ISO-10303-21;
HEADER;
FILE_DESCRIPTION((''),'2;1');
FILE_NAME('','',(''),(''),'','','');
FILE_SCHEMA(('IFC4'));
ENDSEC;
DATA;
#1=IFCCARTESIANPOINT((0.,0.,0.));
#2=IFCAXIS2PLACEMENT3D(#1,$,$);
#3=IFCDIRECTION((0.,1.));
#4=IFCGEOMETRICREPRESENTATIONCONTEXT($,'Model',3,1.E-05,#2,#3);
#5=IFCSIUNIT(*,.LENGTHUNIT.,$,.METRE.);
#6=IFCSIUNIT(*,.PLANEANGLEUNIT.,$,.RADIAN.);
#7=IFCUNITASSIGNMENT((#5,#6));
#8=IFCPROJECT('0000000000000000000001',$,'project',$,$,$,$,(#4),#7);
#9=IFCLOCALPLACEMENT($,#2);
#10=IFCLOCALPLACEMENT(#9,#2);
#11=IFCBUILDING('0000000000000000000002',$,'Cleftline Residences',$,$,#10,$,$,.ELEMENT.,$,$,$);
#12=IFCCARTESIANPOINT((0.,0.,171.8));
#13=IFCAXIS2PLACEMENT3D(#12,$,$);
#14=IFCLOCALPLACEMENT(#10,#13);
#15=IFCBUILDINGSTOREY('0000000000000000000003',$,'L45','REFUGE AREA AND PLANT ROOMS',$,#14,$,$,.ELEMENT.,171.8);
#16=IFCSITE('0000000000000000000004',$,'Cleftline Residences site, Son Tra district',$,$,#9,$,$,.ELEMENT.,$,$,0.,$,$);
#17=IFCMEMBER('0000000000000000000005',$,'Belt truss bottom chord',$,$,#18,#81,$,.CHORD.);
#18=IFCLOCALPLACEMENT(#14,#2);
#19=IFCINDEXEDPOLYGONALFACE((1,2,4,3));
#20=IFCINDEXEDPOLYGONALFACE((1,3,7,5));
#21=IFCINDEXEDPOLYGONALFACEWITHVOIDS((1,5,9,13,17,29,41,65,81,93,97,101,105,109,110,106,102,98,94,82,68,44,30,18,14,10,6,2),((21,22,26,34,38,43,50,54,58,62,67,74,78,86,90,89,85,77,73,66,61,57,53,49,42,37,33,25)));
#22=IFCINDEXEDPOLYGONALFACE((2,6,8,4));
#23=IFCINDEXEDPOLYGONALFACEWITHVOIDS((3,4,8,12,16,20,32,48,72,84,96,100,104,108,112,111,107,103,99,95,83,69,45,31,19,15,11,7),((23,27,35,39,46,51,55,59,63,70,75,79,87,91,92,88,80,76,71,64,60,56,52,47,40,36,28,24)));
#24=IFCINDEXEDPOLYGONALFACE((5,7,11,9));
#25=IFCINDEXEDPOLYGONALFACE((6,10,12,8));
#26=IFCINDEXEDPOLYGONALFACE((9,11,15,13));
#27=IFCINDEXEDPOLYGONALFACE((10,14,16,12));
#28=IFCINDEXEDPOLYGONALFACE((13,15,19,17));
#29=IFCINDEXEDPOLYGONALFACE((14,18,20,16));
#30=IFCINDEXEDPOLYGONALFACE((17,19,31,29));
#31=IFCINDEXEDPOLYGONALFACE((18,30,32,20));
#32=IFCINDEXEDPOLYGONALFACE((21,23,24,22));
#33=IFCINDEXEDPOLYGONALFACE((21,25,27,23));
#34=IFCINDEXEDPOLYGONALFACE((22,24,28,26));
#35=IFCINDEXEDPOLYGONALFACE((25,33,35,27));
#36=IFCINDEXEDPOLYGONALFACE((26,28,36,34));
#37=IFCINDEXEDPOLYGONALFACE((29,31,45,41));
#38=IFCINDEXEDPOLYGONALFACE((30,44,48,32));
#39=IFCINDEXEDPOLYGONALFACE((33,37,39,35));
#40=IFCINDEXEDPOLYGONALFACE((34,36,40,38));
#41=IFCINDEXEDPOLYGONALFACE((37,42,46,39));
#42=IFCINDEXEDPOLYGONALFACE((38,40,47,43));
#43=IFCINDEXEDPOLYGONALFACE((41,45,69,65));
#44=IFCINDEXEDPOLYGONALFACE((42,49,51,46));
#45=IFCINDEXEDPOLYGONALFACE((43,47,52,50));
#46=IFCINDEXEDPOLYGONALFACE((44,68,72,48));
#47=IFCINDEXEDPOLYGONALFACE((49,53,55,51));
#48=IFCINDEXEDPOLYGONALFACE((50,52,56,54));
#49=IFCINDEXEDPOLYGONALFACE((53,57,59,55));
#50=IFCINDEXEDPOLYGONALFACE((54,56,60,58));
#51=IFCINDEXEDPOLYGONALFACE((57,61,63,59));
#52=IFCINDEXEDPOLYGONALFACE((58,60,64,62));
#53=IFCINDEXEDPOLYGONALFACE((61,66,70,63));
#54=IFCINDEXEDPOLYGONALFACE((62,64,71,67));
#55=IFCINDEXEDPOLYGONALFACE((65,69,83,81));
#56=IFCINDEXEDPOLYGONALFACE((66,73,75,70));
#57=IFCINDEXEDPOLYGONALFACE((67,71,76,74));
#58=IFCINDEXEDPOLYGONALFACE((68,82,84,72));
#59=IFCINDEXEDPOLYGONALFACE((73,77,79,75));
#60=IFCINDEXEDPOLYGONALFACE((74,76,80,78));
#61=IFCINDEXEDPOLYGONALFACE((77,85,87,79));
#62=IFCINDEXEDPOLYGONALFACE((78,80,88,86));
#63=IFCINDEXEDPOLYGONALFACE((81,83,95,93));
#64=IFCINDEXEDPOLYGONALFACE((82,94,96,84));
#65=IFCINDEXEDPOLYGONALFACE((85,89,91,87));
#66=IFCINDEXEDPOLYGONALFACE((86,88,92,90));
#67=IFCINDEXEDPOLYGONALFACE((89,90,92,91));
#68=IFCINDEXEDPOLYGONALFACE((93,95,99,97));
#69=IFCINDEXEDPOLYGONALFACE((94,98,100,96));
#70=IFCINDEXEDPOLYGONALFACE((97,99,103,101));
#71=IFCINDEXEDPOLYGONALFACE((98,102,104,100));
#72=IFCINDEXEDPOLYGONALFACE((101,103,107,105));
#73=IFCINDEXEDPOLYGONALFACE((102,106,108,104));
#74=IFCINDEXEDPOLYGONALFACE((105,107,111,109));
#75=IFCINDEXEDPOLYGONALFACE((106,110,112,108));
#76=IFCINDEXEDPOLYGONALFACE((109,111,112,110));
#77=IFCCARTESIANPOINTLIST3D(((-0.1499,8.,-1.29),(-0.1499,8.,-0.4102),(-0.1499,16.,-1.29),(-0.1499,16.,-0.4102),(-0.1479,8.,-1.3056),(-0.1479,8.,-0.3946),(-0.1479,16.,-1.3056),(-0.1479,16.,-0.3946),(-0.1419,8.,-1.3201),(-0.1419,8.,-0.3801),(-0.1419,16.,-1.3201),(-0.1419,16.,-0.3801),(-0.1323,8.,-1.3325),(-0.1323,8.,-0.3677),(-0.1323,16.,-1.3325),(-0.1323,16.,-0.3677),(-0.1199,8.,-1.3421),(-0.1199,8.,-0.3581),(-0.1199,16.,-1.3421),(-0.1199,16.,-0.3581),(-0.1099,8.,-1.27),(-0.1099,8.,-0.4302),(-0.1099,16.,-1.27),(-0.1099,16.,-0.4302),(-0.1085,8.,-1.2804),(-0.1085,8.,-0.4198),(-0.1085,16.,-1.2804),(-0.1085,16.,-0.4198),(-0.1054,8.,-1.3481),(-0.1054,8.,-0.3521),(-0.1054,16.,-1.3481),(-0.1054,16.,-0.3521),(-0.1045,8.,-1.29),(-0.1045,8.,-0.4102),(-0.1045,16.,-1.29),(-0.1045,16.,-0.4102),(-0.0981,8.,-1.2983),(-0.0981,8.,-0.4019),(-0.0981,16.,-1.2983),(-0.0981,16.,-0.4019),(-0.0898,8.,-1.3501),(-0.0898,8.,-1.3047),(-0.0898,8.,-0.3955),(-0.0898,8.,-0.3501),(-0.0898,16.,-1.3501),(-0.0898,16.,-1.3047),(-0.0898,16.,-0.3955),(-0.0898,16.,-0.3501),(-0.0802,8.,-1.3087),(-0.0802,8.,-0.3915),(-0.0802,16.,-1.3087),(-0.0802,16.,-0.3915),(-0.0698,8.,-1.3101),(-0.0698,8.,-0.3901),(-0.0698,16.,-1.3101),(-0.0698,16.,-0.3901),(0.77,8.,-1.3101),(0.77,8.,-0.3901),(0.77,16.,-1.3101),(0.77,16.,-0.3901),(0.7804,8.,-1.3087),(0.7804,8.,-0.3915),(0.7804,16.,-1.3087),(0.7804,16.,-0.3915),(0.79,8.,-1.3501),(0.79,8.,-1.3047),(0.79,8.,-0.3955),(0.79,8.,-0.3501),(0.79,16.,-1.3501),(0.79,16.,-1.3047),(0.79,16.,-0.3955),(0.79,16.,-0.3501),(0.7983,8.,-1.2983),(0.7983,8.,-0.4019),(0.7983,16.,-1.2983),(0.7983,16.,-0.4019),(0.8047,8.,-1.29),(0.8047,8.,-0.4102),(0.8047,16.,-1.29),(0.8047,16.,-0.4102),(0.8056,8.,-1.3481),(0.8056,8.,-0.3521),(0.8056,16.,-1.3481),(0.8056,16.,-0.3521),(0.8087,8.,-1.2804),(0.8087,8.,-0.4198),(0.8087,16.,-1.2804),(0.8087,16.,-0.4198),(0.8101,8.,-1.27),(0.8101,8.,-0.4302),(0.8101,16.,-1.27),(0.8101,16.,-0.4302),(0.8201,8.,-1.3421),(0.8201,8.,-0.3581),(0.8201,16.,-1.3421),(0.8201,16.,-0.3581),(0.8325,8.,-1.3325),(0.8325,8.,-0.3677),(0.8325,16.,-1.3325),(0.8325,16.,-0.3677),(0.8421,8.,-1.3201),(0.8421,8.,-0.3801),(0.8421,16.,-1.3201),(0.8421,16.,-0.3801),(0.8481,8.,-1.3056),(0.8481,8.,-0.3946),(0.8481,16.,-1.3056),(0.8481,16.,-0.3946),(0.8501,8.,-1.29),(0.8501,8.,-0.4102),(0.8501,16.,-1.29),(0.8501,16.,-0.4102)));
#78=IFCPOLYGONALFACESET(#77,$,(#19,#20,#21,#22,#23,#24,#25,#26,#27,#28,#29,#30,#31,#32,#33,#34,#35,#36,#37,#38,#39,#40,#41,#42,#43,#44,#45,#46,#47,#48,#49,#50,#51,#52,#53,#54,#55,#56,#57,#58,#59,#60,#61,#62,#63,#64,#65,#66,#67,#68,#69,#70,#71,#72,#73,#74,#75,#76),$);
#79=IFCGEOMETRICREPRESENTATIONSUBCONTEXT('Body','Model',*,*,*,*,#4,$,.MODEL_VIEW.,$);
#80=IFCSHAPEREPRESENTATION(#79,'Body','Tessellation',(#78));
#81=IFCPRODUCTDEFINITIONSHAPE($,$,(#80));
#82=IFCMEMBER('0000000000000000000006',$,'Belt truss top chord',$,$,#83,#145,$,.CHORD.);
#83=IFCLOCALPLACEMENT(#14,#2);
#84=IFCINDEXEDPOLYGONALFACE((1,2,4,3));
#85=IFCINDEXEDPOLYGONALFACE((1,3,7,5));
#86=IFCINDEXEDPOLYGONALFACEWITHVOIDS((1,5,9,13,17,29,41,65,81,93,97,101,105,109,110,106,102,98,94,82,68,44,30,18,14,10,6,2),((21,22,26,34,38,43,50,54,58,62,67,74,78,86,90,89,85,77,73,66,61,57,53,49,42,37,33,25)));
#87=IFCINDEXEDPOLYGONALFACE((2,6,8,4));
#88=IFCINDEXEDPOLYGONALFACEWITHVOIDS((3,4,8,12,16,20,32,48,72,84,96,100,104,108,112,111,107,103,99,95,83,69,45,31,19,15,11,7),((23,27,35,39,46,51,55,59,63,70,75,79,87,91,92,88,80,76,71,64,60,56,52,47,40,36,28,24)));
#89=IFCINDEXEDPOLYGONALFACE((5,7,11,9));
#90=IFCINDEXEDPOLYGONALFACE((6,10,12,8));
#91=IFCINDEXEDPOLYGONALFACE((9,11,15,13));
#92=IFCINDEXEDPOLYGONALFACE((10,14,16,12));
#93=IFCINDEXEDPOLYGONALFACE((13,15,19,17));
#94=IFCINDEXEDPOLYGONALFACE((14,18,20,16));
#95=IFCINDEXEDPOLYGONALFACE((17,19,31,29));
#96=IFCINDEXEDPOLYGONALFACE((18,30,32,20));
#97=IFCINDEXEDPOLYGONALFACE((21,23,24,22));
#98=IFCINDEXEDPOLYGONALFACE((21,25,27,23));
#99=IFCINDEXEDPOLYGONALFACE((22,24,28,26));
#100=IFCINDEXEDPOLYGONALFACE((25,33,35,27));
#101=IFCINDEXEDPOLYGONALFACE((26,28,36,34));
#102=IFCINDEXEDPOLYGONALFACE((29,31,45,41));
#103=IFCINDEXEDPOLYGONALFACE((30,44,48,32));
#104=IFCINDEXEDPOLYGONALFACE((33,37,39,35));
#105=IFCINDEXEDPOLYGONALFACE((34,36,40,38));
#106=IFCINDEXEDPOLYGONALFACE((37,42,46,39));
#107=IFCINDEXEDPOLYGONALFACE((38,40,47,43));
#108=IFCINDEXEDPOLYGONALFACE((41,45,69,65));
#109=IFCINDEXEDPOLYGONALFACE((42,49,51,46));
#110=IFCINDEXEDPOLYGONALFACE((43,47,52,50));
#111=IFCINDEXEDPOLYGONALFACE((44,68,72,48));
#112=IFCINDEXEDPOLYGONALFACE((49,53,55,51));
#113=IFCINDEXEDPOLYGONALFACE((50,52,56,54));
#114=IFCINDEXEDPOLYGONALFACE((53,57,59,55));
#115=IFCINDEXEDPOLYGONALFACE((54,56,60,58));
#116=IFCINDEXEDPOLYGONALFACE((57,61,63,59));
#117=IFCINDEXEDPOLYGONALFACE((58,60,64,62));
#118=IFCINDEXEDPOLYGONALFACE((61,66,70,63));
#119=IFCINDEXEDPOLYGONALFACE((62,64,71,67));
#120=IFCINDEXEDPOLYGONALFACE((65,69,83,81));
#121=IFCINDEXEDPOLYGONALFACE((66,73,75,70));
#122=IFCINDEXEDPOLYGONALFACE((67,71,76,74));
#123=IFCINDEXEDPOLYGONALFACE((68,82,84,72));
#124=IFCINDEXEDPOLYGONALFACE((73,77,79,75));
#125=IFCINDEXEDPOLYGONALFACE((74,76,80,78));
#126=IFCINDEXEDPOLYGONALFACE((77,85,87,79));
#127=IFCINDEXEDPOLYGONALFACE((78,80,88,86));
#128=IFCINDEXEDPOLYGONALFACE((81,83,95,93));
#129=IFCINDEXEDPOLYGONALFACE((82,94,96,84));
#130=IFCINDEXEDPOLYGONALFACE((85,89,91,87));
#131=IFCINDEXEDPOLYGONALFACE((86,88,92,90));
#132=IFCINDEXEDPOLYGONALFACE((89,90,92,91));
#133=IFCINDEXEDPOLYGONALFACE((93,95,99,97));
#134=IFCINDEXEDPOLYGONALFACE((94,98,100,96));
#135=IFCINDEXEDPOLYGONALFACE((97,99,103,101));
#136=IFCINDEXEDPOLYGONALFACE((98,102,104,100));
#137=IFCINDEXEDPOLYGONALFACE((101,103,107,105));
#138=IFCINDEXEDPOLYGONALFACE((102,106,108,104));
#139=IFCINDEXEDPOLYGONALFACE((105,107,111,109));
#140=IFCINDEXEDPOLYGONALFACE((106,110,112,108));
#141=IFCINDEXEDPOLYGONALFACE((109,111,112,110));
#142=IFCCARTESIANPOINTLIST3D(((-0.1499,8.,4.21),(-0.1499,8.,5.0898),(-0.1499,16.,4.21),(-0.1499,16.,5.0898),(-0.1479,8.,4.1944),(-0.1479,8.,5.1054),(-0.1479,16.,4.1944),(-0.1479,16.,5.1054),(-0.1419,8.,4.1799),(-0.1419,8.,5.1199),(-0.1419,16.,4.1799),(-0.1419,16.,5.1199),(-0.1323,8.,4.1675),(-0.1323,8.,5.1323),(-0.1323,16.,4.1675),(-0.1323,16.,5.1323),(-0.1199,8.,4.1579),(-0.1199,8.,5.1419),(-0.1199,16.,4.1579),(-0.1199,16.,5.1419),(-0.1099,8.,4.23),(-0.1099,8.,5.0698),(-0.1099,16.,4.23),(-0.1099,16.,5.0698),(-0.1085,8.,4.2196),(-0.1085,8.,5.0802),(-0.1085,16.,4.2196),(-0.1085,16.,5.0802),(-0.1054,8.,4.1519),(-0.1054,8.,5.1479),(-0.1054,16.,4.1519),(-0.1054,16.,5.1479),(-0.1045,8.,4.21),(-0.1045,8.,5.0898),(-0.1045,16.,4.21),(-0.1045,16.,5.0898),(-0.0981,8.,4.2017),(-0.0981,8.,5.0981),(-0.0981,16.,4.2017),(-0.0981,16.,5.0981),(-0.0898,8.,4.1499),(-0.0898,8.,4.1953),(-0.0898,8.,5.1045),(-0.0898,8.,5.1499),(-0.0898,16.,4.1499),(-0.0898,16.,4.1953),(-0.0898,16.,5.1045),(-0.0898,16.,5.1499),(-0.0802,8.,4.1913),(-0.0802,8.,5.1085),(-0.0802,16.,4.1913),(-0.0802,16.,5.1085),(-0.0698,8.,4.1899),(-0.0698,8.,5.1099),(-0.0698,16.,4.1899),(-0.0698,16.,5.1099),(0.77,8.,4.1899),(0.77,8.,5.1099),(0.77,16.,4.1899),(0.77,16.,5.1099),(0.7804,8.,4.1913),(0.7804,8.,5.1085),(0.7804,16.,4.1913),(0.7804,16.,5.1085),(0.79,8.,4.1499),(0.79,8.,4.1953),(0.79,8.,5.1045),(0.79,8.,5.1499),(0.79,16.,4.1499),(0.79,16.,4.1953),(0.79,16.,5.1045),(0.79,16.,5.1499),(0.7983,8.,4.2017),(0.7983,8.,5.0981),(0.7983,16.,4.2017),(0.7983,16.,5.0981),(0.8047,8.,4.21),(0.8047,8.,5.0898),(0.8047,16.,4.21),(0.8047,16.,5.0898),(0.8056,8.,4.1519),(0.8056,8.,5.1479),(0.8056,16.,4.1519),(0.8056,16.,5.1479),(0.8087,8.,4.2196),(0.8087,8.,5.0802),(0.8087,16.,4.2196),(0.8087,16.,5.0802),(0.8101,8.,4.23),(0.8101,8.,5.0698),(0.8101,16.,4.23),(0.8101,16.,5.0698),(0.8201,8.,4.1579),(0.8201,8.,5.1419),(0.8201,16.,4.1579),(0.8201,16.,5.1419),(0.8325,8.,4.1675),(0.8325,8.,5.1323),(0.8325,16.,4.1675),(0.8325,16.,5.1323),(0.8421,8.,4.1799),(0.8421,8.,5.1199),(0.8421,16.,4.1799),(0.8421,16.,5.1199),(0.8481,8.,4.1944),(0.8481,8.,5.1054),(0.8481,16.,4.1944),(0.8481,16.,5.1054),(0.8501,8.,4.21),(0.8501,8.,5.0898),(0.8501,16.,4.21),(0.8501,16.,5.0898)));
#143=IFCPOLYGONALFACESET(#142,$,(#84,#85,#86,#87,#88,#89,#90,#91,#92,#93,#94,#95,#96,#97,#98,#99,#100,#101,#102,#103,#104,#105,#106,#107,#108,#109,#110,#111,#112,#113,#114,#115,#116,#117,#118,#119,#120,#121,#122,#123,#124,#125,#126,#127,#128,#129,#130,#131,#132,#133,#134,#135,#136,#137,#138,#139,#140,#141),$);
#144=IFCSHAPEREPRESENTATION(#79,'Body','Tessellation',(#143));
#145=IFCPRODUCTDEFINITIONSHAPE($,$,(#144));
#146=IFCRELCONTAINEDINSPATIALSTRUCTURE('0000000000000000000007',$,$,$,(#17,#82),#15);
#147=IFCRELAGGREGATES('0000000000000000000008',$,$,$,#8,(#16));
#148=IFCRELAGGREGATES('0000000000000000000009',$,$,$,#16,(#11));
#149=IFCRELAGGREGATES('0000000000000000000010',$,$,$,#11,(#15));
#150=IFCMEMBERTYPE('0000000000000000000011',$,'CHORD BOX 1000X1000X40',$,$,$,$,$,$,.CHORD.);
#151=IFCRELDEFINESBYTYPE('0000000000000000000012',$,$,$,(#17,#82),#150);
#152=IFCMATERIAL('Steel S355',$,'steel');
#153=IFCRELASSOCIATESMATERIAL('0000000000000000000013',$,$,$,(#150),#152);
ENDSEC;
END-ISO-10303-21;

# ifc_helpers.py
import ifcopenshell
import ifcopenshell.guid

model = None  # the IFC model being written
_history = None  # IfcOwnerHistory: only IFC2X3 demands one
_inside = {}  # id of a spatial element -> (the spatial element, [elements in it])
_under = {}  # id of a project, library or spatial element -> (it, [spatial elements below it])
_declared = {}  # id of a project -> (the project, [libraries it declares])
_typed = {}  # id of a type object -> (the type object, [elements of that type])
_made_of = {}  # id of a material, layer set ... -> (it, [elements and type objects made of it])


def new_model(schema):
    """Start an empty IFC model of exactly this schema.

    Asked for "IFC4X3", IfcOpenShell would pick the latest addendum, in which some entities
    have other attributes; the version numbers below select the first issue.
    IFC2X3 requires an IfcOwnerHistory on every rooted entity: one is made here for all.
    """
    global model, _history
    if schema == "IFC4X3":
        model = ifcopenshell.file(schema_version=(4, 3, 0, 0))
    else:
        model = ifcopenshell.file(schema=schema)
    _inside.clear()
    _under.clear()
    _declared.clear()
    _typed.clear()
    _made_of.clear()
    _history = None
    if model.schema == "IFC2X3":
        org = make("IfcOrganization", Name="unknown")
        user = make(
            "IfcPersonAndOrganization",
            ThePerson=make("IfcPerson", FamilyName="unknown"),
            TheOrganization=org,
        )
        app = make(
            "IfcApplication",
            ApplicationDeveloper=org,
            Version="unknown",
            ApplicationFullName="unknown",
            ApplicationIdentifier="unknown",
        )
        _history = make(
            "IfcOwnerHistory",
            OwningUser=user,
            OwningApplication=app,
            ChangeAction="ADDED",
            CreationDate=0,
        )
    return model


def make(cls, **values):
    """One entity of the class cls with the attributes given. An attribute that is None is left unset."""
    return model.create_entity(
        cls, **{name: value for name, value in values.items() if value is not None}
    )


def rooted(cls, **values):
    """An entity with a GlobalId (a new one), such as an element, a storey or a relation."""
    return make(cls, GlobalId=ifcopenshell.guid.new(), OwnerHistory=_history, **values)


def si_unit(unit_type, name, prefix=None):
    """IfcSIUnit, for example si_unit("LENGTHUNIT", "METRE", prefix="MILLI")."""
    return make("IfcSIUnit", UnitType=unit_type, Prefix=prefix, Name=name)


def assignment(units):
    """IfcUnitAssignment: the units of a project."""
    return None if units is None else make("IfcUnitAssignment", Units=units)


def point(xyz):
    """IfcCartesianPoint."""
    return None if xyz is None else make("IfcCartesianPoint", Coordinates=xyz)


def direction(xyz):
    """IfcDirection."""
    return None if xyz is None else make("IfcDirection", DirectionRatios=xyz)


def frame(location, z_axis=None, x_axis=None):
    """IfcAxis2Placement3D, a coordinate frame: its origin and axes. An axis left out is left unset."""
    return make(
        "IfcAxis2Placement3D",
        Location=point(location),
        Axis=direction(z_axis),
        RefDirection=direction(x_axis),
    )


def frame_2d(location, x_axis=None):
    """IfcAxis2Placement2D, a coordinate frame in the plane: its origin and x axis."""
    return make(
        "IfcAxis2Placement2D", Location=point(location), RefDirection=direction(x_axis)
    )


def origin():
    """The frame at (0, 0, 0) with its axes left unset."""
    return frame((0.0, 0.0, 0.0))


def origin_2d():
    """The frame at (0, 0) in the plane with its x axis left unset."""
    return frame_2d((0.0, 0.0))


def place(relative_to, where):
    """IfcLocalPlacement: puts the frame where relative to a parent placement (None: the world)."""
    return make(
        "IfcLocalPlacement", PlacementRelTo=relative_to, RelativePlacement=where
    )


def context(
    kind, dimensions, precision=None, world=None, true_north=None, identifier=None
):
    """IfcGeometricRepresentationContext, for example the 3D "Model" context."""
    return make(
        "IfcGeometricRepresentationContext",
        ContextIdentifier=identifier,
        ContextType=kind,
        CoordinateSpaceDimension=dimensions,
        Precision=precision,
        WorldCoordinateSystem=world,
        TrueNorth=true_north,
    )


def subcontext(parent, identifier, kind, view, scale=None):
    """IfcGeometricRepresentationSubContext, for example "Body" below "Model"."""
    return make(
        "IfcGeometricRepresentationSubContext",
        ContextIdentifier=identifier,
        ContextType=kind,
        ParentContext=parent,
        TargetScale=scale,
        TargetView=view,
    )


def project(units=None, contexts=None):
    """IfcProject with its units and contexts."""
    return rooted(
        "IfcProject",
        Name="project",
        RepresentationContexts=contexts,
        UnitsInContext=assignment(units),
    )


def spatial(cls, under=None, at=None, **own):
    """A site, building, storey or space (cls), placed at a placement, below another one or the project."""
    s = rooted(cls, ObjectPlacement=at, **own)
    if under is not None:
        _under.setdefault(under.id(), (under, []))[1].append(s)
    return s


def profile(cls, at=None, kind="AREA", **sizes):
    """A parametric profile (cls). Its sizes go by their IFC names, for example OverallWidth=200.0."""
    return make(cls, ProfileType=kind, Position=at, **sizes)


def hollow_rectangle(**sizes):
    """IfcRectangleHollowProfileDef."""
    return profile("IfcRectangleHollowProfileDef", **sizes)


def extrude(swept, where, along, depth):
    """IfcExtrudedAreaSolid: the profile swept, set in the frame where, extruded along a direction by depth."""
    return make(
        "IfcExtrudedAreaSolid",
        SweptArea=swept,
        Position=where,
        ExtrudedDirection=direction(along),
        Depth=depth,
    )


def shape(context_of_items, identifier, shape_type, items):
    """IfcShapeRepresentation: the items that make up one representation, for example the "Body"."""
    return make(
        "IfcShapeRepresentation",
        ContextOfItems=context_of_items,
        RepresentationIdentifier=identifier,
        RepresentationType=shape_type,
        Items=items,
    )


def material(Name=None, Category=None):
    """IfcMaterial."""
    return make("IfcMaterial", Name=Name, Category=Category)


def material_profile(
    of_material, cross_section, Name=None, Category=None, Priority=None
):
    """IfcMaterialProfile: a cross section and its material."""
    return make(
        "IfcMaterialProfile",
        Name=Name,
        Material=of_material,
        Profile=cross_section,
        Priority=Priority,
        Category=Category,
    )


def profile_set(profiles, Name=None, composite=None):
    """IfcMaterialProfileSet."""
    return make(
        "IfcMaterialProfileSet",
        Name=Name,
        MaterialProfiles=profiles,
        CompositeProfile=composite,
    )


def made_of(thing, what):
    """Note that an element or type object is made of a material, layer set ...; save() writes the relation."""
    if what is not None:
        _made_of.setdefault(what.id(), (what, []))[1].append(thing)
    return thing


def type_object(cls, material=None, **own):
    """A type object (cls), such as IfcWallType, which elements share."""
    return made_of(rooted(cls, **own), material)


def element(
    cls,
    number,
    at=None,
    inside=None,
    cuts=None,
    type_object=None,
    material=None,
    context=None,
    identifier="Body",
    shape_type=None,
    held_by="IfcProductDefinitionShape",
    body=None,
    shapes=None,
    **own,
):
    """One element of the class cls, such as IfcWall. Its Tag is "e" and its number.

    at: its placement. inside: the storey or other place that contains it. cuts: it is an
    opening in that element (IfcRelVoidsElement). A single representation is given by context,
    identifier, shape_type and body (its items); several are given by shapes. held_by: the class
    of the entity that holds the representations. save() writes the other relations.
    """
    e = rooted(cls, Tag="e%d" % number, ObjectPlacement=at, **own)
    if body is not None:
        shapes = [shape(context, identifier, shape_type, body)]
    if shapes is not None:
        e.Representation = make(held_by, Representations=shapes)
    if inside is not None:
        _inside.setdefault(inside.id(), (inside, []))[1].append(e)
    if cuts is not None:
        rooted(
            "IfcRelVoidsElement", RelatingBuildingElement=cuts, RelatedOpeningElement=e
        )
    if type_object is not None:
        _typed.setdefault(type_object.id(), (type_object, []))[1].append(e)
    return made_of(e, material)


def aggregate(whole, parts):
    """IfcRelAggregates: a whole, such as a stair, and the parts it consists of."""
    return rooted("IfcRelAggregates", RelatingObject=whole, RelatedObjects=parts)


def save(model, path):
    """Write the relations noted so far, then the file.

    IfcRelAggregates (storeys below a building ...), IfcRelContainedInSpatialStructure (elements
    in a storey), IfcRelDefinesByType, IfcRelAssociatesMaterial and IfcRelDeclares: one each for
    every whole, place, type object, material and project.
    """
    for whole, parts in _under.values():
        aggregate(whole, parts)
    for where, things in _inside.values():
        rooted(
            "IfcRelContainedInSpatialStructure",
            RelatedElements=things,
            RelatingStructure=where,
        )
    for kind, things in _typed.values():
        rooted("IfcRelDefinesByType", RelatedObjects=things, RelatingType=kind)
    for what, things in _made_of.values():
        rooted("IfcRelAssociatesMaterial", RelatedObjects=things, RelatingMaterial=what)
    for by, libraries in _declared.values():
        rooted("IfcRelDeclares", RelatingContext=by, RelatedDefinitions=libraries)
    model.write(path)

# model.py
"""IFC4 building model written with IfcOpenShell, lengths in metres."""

from ifc_helpers import new_model, si_unit, direction, frame, origin, origin_2d, place, context, subcontext, project, spatial, hollow_rectangle, extrude, material, material_profile, profile_set, type_object, element, save


model = new_model("IFC4")

# Units and contexts
model_context = context("Model", 3, precision=1e-05, world=origin(), true_north=direction((0.0, 1.0)))
body_context = subcontext(model_context, "Body", "Model", "MODEL_VIEW")
ifc_project = project(units=[si_unit("LENGTHUNIT", "METRE"), si_unit("PLANEANGLEUNIT", "RADIAN")], contexts=[model_context])

# Site, building, storey
site_placement = place(None, origin())
site = spatial("IfcSite", under=ifc_project, at=site_placement, Name="Cleftline Residences site, Son Tra district", CompositionType="ELEMENT", RefElevation=0.0)
building_placement = place(site_placement, origin())
building = spatial("IfcBuilding", under=site, at=building_placement, Name="Cleftline Residences", CompositionType="ELEMENT")
storey_placement = place(building_placement, frame((0.0, 0.0, 171.8)))
storey = spatial("IfcBuildingStorey", under=building, at=storey_placement, Name="L45", Description="REFUGE AREA AND PLANT ROOMS", CompositionType="ELEMENT", Elevation=171.8)

# Members
ifc_material_1 = material(Name="Steel S355", Category="steel")
ifc_material_profile_1 = material_profile(ifc_material_1, hollow_rectangle(XDim=1.0, YDim=1.0, WallThickness=0.04, InnerFilletRadius=0.04, OuterFilletRadius=0.0601, at=origin_2d()))
ifc_profile_set_1 = profile_set([ifc_material_profile_1], Name="Steel S355")
member_type_1 = type_object("IfcMemberType", Name="CHORD BOX 1000X1000X40", PredefinedType="CHORD", material=ifc_profile_set_1)
for number, where, z_axis, x_axis, name in (
    (1, (0.3501, 8.0, -0.8501), (0.0, 1.0, 0.0), (-1.0, 0.0, 0.0), "Belt truss bottom chord"),
    (2, (0.3501, 8.0, 4.6499), (0.0, 1.0, 0.0), (-1.0, 0.0, 0.0), "Belt truss top chord"),
):
    element("IfcMember", number, at=place(storey_placement, frame(where, z_axis=z_axis, x_axis=x_axis)), inside=storey, type_object=member_type_1, Name=name, PredefinedType="CHORD", context=body_context, shape_type="SweptSolid", body=[
        extrude(hollow_rectangle(XDim=1.0, YDim=1.0, WallThickness=0.04, InnerFilletRadius=0.04, OuterFilletRadius=0.0601, at=origin_2d()), origin(), (0.0, 0.0, 1.0), 8.0),
    ])

save(model, "model.ifc")
